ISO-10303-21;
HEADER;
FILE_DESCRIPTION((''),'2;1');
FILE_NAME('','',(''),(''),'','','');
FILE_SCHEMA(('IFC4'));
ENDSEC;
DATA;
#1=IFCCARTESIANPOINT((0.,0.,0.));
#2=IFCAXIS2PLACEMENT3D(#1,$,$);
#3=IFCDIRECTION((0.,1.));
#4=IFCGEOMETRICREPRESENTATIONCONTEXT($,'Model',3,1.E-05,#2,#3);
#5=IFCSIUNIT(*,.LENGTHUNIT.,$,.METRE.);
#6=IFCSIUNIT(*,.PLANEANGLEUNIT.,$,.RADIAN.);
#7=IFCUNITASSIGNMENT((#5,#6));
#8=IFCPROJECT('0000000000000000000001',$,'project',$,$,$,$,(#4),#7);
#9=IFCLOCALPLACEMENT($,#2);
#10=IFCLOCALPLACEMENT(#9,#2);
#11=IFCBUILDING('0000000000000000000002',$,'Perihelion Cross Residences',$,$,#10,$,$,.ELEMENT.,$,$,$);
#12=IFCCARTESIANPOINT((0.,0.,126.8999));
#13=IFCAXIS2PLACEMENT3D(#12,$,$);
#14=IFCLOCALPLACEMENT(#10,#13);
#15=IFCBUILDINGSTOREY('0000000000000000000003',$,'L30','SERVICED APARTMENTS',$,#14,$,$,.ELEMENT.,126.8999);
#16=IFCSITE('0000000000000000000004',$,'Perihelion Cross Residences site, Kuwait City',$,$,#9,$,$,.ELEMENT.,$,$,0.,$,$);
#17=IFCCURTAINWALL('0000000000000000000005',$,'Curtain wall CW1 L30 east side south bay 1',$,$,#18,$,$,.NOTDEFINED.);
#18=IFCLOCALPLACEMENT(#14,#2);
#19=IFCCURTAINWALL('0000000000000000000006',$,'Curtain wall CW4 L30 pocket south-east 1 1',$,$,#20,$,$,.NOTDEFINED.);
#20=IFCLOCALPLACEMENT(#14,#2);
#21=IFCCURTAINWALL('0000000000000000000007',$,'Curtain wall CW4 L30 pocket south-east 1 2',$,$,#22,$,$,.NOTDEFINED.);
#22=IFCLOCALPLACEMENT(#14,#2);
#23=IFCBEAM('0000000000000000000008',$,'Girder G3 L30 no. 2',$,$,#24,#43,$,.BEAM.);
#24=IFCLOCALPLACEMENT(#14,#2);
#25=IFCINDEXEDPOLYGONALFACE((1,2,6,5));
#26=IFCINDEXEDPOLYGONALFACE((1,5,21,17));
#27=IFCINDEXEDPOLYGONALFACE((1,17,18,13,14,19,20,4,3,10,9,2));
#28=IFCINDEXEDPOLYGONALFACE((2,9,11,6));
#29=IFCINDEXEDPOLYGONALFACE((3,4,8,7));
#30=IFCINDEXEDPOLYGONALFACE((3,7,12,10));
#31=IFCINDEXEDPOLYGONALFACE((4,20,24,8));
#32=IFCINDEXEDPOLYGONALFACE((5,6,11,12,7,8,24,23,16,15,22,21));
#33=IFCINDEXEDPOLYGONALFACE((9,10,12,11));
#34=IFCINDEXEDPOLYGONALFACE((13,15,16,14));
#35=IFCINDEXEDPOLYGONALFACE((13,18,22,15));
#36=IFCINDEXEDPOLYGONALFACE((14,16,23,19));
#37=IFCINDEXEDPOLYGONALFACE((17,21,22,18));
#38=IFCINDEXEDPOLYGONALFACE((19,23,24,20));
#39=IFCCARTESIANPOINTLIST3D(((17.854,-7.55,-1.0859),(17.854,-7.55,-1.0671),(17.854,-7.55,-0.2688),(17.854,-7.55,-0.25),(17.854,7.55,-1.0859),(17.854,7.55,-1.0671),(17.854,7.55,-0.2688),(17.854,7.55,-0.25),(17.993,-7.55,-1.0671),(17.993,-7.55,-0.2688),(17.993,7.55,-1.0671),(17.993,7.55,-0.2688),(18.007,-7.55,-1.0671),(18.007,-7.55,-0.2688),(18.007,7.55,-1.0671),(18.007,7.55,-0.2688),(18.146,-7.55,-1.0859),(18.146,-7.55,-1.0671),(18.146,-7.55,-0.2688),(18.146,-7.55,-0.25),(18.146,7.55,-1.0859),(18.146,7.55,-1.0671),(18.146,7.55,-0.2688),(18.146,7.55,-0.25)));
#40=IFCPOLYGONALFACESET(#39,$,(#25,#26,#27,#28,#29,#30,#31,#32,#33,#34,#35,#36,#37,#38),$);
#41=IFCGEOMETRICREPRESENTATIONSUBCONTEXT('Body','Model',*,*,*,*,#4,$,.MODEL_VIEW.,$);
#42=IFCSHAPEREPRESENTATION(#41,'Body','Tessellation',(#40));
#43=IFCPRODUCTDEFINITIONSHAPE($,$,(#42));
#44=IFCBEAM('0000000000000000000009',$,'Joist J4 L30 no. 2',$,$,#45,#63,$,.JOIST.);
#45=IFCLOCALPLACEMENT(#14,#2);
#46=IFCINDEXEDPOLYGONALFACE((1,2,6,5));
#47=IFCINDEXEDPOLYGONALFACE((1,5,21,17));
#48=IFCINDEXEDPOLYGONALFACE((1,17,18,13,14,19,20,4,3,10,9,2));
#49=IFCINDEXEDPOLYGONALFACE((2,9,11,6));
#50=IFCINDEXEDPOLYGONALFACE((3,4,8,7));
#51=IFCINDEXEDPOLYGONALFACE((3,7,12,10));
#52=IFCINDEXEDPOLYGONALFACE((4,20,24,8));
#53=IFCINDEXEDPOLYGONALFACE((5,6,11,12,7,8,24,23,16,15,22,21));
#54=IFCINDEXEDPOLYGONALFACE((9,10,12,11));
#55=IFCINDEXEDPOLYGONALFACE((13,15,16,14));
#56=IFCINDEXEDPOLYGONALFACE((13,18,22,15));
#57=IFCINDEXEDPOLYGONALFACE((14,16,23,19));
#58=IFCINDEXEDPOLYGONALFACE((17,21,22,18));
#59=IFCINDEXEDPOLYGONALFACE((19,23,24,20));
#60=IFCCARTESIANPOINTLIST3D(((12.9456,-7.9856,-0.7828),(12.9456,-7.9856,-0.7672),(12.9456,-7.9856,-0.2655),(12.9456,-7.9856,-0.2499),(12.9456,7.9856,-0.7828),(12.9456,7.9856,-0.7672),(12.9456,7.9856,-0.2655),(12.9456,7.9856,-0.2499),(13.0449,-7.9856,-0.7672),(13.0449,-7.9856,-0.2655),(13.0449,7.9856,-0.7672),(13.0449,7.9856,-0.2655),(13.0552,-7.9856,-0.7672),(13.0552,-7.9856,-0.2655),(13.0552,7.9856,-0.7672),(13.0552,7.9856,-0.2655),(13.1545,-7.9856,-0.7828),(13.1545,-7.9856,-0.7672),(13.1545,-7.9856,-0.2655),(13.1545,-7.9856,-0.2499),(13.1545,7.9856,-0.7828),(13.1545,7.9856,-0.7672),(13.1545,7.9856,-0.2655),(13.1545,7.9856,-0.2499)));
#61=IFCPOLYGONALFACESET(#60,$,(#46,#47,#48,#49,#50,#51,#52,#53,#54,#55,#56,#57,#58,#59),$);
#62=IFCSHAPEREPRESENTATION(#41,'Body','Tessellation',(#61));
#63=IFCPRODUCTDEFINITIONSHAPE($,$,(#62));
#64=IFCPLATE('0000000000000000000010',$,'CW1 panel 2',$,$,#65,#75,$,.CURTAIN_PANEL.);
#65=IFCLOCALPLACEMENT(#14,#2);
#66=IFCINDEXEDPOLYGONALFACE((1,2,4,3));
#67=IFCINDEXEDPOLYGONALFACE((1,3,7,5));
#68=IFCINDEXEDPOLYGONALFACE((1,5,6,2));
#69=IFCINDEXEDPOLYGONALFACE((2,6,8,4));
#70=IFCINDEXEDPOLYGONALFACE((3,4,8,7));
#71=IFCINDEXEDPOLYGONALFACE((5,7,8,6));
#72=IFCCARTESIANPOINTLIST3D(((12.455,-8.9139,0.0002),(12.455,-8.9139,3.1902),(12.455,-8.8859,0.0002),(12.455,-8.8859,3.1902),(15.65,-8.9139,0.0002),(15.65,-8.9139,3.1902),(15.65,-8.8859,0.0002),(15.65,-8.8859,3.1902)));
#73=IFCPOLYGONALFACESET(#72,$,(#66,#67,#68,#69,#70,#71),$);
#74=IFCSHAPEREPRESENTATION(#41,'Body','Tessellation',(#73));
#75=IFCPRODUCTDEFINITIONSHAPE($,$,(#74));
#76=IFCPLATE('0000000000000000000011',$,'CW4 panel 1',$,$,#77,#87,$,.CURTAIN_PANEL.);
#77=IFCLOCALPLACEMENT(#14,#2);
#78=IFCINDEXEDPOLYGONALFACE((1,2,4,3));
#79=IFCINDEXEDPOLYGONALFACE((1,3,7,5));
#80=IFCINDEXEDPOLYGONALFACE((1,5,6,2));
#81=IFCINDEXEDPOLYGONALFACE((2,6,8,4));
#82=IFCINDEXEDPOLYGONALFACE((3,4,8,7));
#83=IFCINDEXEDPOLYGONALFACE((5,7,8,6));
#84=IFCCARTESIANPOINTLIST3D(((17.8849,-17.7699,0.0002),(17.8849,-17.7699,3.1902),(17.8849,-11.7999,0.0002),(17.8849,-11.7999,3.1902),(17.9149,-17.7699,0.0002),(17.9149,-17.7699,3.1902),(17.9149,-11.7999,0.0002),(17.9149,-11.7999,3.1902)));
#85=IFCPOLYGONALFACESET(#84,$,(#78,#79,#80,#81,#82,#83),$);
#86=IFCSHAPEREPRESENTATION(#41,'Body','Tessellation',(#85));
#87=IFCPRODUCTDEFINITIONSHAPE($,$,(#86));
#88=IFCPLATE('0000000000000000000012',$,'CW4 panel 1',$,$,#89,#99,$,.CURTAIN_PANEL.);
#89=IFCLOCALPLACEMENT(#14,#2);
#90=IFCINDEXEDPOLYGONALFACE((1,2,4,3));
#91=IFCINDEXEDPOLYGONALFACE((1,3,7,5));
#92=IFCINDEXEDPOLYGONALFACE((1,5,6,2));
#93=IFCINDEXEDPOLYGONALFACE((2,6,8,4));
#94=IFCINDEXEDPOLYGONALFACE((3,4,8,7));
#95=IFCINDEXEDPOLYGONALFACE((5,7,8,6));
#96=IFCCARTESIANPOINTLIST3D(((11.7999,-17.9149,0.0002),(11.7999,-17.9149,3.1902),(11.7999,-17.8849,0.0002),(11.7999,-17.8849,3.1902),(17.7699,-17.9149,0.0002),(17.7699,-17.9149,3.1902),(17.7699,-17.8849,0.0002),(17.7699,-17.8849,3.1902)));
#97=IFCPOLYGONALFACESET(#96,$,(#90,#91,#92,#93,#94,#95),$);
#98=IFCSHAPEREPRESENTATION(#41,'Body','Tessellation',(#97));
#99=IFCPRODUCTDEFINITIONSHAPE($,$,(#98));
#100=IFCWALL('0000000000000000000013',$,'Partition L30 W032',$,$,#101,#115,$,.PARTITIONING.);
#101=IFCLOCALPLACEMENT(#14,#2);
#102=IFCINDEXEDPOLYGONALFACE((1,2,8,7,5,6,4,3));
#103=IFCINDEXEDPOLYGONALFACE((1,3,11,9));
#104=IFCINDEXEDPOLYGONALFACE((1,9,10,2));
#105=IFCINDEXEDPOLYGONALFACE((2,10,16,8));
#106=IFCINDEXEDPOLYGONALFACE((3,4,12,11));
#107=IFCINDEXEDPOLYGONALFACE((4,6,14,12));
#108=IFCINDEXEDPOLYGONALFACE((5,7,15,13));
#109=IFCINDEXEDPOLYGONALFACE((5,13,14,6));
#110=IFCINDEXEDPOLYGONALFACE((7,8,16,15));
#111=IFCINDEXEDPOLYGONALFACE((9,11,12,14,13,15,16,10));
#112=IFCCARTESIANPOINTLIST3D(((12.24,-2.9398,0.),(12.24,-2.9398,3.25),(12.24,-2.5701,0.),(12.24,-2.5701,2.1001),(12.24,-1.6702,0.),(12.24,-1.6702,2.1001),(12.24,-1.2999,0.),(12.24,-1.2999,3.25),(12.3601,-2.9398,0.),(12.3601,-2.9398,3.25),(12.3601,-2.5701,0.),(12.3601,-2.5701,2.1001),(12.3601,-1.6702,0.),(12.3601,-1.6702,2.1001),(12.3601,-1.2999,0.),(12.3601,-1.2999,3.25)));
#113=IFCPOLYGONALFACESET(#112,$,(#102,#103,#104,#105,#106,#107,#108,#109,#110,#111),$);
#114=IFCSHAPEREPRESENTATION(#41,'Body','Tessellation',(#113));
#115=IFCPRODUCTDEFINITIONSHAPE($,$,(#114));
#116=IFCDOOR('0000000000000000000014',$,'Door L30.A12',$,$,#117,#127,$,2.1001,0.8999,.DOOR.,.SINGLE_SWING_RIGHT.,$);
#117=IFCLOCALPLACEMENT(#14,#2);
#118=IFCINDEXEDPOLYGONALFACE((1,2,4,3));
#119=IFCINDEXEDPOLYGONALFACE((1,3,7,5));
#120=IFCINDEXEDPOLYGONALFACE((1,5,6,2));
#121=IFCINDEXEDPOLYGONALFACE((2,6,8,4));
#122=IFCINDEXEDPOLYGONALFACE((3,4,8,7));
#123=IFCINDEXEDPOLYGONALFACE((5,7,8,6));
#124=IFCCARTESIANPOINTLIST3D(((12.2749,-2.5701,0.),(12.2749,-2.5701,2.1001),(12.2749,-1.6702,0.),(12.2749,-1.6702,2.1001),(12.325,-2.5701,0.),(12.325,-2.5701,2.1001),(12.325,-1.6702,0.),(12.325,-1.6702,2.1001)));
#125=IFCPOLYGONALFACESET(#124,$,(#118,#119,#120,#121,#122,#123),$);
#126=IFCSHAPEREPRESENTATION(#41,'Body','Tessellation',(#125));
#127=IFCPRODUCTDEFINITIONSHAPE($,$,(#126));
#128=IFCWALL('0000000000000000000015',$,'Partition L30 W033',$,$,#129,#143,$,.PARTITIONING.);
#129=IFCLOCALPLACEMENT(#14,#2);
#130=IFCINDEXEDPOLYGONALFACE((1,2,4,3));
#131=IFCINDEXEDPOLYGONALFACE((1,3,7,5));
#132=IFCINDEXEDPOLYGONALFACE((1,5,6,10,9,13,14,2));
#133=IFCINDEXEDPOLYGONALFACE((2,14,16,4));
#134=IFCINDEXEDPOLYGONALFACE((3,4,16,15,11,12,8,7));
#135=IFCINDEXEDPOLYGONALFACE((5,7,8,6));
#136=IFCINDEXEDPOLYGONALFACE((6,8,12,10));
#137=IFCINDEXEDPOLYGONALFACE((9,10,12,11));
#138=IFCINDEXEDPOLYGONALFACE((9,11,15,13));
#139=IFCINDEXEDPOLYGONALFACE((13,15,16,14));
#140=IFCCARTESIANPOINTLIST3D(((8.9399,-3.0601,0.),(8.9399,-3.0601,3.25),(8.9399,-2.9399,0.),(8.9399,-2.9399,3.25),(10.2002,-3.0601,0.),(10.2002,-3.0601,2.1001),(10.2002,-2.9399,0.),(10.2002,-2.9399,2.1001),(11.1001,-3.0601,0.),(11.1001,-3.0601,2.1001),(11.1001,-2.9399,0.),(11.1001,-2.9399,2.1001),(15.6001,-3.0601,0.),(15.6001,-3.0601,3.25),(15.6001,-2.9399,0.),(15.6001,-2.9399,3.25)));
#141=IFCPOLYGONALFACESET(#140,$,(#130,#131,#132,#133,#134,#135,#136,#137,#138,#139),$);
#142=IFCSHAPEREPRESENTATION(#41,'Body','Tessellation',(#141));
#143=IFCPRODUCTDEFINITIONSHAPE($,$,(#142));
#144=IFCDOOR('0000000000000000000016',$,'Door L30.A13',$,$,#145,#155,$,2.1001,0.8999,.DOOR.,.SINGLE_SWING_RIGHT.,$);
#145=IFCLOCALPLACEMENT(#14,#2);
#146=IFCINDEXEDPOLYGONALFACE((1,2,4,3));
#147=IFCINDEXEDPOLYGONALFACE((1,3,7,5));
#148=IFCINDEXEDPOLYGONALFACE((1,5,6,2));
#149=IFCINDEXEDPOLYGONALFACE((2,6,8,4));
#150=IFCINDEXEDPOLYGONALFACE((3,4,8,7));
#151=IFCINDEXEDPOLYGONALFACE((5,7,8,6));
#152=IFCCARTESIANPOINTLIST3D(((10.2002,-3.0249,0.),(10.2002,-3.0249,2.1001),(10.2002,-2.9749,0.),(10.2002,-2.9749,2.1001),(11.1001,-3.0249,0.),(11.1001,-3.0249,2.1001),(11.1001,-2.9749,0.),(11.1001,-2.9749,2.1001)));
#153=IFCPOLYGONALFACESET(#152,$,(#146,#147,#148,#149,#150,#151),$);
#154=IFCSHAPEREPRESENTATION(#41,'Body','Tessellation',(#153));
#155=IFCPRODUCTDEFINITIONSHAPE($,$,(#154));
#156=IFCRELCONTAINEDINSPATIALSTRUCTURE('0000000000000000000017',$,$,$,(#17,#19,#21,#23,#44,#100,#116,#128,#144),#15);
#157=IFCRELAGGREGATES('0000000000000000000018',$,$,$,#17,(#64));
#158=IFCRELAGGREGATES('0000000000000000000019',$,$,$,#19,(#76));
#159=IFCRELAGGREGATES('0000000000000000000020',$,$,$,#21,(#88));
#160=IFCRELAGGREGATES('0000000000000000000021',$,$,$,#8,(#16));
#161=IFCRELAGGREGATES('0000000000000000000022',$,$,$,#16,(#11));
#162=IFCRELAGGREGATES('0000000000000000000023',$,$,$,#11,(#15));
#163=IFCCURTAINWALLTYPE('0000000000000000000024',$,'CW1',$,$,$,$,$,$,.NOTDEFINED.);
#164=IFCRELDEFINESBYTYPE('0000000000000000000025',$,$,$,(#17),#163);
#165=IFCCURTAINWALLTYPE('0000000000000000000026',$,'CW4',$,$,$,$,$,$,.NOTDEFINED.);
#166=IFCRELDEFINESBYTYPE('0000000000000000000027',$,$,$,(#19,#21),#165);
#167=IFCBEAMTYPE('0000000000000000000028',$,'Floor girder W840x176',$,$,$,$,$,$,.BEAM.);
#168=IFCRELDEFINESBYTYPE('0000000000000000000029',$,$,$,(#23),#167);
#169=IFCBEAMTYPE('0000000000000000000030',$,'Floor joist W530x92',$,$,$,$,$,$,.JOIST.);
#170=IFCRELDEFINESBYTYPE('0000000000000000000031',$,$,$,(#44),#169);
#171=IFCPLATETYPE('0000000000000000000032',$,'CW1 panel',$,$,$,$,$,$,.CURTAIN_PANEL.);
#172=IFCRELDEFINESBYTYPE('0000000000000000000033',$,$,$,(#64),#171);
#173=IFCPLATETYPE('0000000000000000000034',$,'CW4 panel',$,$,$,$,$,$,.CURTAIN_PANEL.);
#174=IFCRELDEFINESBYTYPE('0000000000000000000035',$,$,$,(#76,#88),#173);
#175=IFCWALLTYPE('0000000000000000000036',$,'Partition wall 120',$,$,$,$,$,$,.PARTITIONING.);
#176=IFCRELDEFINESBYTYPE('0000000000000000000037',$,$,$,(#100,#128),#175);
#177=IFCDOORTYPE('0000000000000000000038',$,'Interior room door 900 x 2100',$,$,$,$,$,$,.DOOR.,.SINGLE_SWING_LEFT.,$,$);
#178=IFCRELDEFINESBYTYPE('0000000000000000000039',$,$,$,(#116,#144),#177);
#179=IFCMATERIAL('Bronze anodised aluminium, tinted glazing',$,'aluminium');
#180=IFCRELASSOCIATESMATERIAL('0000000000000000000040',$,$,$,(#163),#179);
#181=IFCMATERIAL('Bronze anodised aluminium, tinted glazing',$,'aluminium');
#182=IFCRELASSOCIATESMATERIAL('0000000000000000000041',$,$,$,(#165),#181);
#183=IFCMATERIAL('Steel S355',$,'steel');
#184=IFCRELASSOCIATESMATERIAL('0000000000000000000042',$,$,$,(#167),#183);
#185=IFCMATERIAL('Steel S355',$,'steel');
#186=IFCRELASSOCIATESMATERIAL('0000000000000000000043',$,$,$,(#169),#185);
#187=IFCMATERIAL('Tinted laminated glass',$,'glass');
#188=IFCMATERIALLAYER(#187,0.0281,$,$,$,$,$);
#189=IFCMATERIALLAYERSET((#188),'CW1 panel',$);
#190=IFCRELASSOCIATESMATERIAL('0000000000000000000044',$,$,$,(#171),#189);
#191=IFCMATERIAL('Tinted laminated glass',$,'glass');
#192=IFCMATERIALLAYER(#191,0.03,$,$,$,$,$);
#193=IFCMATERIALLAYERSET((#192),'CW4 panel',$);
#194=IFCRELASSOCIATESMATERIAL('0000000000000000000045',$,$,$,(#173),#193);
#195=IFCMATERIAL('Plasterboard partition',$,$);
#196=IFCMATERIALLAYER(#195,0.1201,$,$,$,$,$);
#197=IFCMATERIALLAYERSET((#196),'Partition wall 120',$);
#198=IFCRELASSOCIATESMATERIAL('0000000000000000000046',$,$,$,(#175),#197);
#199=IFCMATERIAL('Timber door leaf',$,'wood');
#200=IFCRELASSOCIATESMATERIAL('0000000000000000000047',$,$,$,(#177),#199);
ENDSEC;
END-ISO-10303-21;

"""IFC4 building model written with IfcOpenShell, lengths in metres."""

from ifc_helpers import new_model, si_unit, direction, frame, frame_2d, origin, origin_2d, place, context, subcontext, project, spatial, rectangle, i_section, extrude, material, layer, layer_set, material_profile, profile_set, type_object, element, fill, aggregate, save


model = new_model("IFC4")

# Units and contexts
model_context = context("Model", 3, precision=1e-05, world=origin(), true_north=direction((0.0, 1.0)))
body_context = subcontext(model_context, "Body", "Model", "MODEL_VIEW")
ifc_project = project(units=[si_unit("LENGTHUNIT", "METRE"), si_unit("PLANEANGLEUNIT", "RADIAN")], contexts=[model_context])

# Site, building, storey
site_placement = place(None, origin())
site = spatial("IfcSite", under=ifc_project, at=site_placement, Name="Perihelion Cross Residences site, Kuwait City", CompositionType="ELEMENT", RefElevation=0.0)
building_placement = place(site_placement, origin())
building = spatial("IfcBuilding", under=site, at=building_placement, Name="Perihelion Cross Residences", CompositionType="ELEMENT")
storey_placement = place(building_placement, frame((0.0, 0.0, 126.8999)))
storey = spatial("IfcBuildingStorey", under=building, at=storey_placement, Name="L30", Description="SERVICED APARTMENTS", CompositionType="ELEMENT", Elevation=126.8999)

# Curtain wall
ifc_material_1 = material(Name="Bronze anodised aluminium, tinted glazing", Category="aluminium")
curtain_wall_type_1 = type_object("IfcCurtainWallType", Name="CW1", PredefinedType="NOTDEFINED", material=ifc_material_1)
curtain_wall_1_placement = place(storey_placement, origin())
curtain_wall_1 = element("IfcCurtainWall", 1, at=curtain_wall_1_placement, inside=storey, type_object=curtain_wall_type_1, Name="Curtain wall CW1 L30 east side south bay 1", PredefinedType="NOTDEFINED")

# Curtain walls
ifc_material_2 = material(Name="Bronze anodised aluminium, tinted glazing", Category="aluminium")
curtain_wall_type_2 = type_object("IfcCurtainWallType", Name="CW4", PredefinedType="NOTDEFINED", material=ifc_material_2)
curtain_wall_2_placement = place(storey_placement, origin())
curtain_wall_2 = element("IfcCurtainWall", 2, at=curtain_wall_2_placement, inside=storey, type_object=curtain_wall_type_2, Name="Curtain wall CW4 L30 pocket south-east 1 1", PredefinedType="NOTDEFINED")
curtain_wall_3_placement = place(storey_placement, origin())
curtain_wall_3 = element("IfcCurtainWall", 3, at=curtain_wall_3_placement, inside=storey, type_object=curtain_wall_type_2, Name="Curtain wall CW4 L30 pocket south-east 1 2", PredefinedType="NOTDEFINED")

# Beams
ifc_material_3 = material(Name="Steel S355", Category="steel")
ifc_material_profile_1 = material_profile(ifc_material_3, i_section(OverallWidth=0.292, OverallDepth=0.8359, WebThickness=0.0139, FlangeThickness=0.0188, at=origin_2d()), Name="W840x176")
ifc_profile_set_1 = profile_set([ifc_material_profile_1], Name="Steel S355")
beam_type_1 = type_object("IfcBeamType", Name="Floor girder W840x176", PredefinedType="BEAM", material=ifc_profile_set_1)
beam_1_placement = place(storey_placement, frame((18.0, -7.55, -0.668), z_axis=(0.0, 1.0, 0.0), x_axis=(-1.0, 0.0, 0.0)))
element("IfcBeam", 4, at=beam_1_placement, inside=storey, type_object=beam_type_1, Name="Girder G3 L30 no. 2", PredefinedType="BEAM", context=body_context, shape_type="SweptSolid", body=[
    extrude(i_section(OverallWidth=0.292, OverallDepth=0.8359, WebThickness=0.0139, FlangeThickness=0.0188, at=origin_2d()), origin(), (0.0, 0.0, 1.0), 15.1001),
])
ifc_material_4 = material(Name="Steel S355", Category="steel")
ifc_material_profile_2 = material_profile(ifc_material_4, i_section(OverallWidth=0.209, OverallDepth=0.533, WebThickness=0.0103, FlangeThickness=0.0156, at=origin_2d()), Name="W530x92")
ifc_profile_set_2 = profile_set([ifc_material_profile_2], Name="Steel S355")
beam_type_2 = type_object("IfcBeamType", Name="Floor joist W530x92", PredefinedType="JOIST", material=ifc_profile_set_2)
beam_2_placement = place(storey_placement, frame((13.05, -7.9856, -0.5164), z_axis=(0.0, 1.0, 0.0), x_axis=(-1.0, 0.0, 0.0)))
element("IfcBeam", 5, at=beam_2_placement, inside=storey, type_object=beam_type_2, Name="Joist J4 L30 no. 2", PredefinedType="JOIST", context=body_context, shape_type="SweptSolid", body=[
    extrude(i_section(OverallWidth=0.209, OverallDepth=0.533, WebThickness=0.0103, FlangeThickness=0.0156, at=origin_2d()), origin(), (0.0, 0.0, 1.0), 15.9712),
])

# Plates
ifc_material_5 = material(Name="Tinted laminated glass", Category="glass")
ifc_layer_1 = layer(ifc_material_5, 0.0281)
ifc_layer_set_1 = layer_set([ifc_layer_1], Name="CW1 panel")
plate_type_1 = type_object("IfcPlateType", Name="CW1 panel", PredefinedType="CURTAIN_PANEL", material=ifc_layer_set_1)
plate_1_placement = place(storey_placement, frame((14.0525, -8.8999, 0.0002), z_axis=(0.0, 0.0, 1.0), x_axis=(1.0, 0.0, 0.0)))
plate_1 = element("IfcPlate", 6, at=plate_1_placement, type_object=plate_type_1, Name="CW1 panel 2", PredefinedType="CURTAIN_PANEL", context=body_context, shape_type="SweptSolid", body=[
    extrude(rectangle(XDim=3.1951, YDim=0.0281, at=origin_2d()), origin(), (0.0, 0.0, 1.0), 3.1899),
])
aggregate(curtain_wall_1, [plate_1])
ifc_material_6 = material(Name="Tinted laminated glass", Category="glass")
ifc_layer_2 = layer(ifc_material_6, 0.03)
ifc_layer_set_2 = layer_set([ifc_layer_2], Name="CW4 panel")
plate_type_2 = type_object("IfcPlateType", Name="CW4 panel", PredefinedType="CURTAIN_PANEL", material=ifc_layer_set_2)
plate_2_placement = place(storey_placement, frame((17.8999, -14.7849, 0.0002), z_axis=(0.0, 0.0, 1.0), x_axis=(0.0, -1.0, 0.0)))
plate_2 = element("IfcPlate", 7, at=plate_2_placement, type_object=plate_type_2, Name="CW4 panel 1", PredefinedType="CURTAIN_PANEL", context=body_context, shape_type="SweptSolid", body=[
    extrude(rectangle(XDim=5.97, YDim=0.03, at=origin_2d()), origin(), (0.0, 0.0, 1.0), 3.1899),
])
aggregate(curtain_wall_2, [plate_2])
plate_3_placement = place(storey_placement, frame((14.7849, -17.8999, 0.0002), z_axis=(0.0, 0.0, 1.0), x_axis=(-1.0, 0.0, 0.0)))
plate_3 = element("IfcPlate", 8, at=plate_3_placement, type_object=plate_type_2, Name="CW4 panel 1", PredefinedType="CURTAIN_PANEL", context=body_context, shape_type="SweptSolid", body=[
    extrude(rectangle(XDim=5.97, YDim=0.03, at=origin_2d()), origin(), (0.0, 0.0, 1.0), 3.1899),
])
aggregate(curtain_wall_3, [plate_3])

# Walls, openings, doors
ifc_material_7 = material(Name="Plasterboard partition")
ifc_layer_3 = layer(ifc_material_7, 0.1201)
ifc_layer_set_3 = layer_set([ifc_layer_3], Name="Partition wall 120")
wall_type_1 = type_object("IfcWallType", Name="Partition wall 120", PredefinedType="PARTITIONING", material=ifc_layer_set_3)
wall_1_placement = place(storey_placement, frame((12.3, -1.3, 0.0), z_axis=(0.0, 0.0, 1.0), x_axis=(0.0, -1.0, 0.0)))
wall_1 = element("IfcWall", 9, at=wall_1_placement, inside=storey, type_object=wall_type_1, Name="Partition L30 W032", PredefinedType="PARTITIONING", context=body_context, shape_type="SweptSolid", body=[
    extrude(rectangle(XDim=1.6399, YDim=0.1201, at=frame_2d((0.8198, 0.0))), origin(), (0.0, 0.0, 1.0), 3.25),
])
opening_1_placement = place(wall_1_placement, frame((0.3701, 0.0, 0.0)))
opening_1 = element("IfcOpeningElement", 10, at=opening_1_placement, cuts=wall_1, PredefinedType="OPENING", context=body_context, shape_type="SweptSolid", body=[
    extrude(rectangle(XDim=0.8999, YDim=2.1001, at=frame_2d((0.45, 1.05))), frame((0.0, 0.0701, 0.0), z_axis=(0.0, -1.0, 0.0), x_axis=(1.0, 0.0, 0.0)), (0.0, 0.0, 1.0), 0.1401),
])
ifc_material_8 = material(Name="Timber door leaf", Category="wood")
door_type_1 = type_object("IfcDoorType", Name="Interior room door 900 x 2100", OperationType="SINGLE_SWING_LEFT", PredefinedType="DOOR", material=ifc_material_8)
door_1_placement = place(opening_1_placement, origin())
door_1 = element("IfcDoor", 11, at=door_1_placement, inside=storey, type_object=door_type_1, Name="Door L30.A12", OperationType="SINGLE_SWING_RIGHT", OverallHeight=2.1001, OverallWidth=0.8999, PredefinedType="DOOR", context=body_context, shape_type="SweptSolid", body=[
    extrude(rectangle(XDim=0.8999, YDim=2.1001, at=frame_2d((0.45, 1.05))), frame((0.0, 0.0249, 0.0), z_axis=(0.0, -1.0, 0.0), x_axis=(1.0, 0.0, 0.0)), (0.0, 0.0, 1.0), 0.05),
])
fill(opening_1, door_1)
wall_2_placement = place(storey_placement, frame((15.6001, -3.0, 0.0), z_axis=(0.0, 0.0, 1.0), x_axis=(-1.0, 0.0, 0.0)))
wall_2 = element("IfcWall", 12, at=wall_2_placement, inside=storey, type_object=wall_type_1, Name="Partition L30 W033", PredefinedType="PARTITIONING", context=body_context, shape_type="SweptSolid", body=[
    extrude(rectangle(XDim=6.6602, YDim=0.1201, at=frame_2d((3.3301, 0.0))), origin(), (0.0, 0.0, 1.0), 3.25),
])
opening_2_placement = place(wall_2_placement, frame((4.5, 0.0, 0.0)))
opening_2 = element("IfcOpeningElement", 13, at=opening_2_placement, cuts=wall_2, PredefinedType="OPENING", context=body_context, shape_type="SweptSolid", body=[
    extrude(rectangle(XDim=0.8999, YDim=2.1001, at=frame_2d((0.45, 1.05))), frame((0.0, 0.0701, 0.0), z_axis=(0.0, -1.0, 0.0), x_axis=(1.0, 0.0, 0.0)), (0.0, 0.0, 1.0), 0.1401),
])
door_2_placement = place(opening_2_placement, origin())
door_2 = element("IfcDoor", 14, at=door_2_placement, inside=storey, type_object=door_type_1, Name="Door L30.A13", OperationType="SINGLE_SWING_RIGHT", OverallHeight=2.1001, OverallWidth=0.8999, PredefinedType="DOOR", context=body_context, shape_type="SweptSolid", body=[
    extrude(rectangle(XDim=0.8999, YDim=2.1001, at=frame_2d((0.45, 1.05))), frame((0.0, 0.0249, 0.0), z_axis=(0.0, -1.0, 0.0), x_axis=(1.0, 0.0, 0.0)), (0.0, 0.0, 1.0), 0.05),
])
fill(opening_2, door_2)

save(model, "model.ifc")
